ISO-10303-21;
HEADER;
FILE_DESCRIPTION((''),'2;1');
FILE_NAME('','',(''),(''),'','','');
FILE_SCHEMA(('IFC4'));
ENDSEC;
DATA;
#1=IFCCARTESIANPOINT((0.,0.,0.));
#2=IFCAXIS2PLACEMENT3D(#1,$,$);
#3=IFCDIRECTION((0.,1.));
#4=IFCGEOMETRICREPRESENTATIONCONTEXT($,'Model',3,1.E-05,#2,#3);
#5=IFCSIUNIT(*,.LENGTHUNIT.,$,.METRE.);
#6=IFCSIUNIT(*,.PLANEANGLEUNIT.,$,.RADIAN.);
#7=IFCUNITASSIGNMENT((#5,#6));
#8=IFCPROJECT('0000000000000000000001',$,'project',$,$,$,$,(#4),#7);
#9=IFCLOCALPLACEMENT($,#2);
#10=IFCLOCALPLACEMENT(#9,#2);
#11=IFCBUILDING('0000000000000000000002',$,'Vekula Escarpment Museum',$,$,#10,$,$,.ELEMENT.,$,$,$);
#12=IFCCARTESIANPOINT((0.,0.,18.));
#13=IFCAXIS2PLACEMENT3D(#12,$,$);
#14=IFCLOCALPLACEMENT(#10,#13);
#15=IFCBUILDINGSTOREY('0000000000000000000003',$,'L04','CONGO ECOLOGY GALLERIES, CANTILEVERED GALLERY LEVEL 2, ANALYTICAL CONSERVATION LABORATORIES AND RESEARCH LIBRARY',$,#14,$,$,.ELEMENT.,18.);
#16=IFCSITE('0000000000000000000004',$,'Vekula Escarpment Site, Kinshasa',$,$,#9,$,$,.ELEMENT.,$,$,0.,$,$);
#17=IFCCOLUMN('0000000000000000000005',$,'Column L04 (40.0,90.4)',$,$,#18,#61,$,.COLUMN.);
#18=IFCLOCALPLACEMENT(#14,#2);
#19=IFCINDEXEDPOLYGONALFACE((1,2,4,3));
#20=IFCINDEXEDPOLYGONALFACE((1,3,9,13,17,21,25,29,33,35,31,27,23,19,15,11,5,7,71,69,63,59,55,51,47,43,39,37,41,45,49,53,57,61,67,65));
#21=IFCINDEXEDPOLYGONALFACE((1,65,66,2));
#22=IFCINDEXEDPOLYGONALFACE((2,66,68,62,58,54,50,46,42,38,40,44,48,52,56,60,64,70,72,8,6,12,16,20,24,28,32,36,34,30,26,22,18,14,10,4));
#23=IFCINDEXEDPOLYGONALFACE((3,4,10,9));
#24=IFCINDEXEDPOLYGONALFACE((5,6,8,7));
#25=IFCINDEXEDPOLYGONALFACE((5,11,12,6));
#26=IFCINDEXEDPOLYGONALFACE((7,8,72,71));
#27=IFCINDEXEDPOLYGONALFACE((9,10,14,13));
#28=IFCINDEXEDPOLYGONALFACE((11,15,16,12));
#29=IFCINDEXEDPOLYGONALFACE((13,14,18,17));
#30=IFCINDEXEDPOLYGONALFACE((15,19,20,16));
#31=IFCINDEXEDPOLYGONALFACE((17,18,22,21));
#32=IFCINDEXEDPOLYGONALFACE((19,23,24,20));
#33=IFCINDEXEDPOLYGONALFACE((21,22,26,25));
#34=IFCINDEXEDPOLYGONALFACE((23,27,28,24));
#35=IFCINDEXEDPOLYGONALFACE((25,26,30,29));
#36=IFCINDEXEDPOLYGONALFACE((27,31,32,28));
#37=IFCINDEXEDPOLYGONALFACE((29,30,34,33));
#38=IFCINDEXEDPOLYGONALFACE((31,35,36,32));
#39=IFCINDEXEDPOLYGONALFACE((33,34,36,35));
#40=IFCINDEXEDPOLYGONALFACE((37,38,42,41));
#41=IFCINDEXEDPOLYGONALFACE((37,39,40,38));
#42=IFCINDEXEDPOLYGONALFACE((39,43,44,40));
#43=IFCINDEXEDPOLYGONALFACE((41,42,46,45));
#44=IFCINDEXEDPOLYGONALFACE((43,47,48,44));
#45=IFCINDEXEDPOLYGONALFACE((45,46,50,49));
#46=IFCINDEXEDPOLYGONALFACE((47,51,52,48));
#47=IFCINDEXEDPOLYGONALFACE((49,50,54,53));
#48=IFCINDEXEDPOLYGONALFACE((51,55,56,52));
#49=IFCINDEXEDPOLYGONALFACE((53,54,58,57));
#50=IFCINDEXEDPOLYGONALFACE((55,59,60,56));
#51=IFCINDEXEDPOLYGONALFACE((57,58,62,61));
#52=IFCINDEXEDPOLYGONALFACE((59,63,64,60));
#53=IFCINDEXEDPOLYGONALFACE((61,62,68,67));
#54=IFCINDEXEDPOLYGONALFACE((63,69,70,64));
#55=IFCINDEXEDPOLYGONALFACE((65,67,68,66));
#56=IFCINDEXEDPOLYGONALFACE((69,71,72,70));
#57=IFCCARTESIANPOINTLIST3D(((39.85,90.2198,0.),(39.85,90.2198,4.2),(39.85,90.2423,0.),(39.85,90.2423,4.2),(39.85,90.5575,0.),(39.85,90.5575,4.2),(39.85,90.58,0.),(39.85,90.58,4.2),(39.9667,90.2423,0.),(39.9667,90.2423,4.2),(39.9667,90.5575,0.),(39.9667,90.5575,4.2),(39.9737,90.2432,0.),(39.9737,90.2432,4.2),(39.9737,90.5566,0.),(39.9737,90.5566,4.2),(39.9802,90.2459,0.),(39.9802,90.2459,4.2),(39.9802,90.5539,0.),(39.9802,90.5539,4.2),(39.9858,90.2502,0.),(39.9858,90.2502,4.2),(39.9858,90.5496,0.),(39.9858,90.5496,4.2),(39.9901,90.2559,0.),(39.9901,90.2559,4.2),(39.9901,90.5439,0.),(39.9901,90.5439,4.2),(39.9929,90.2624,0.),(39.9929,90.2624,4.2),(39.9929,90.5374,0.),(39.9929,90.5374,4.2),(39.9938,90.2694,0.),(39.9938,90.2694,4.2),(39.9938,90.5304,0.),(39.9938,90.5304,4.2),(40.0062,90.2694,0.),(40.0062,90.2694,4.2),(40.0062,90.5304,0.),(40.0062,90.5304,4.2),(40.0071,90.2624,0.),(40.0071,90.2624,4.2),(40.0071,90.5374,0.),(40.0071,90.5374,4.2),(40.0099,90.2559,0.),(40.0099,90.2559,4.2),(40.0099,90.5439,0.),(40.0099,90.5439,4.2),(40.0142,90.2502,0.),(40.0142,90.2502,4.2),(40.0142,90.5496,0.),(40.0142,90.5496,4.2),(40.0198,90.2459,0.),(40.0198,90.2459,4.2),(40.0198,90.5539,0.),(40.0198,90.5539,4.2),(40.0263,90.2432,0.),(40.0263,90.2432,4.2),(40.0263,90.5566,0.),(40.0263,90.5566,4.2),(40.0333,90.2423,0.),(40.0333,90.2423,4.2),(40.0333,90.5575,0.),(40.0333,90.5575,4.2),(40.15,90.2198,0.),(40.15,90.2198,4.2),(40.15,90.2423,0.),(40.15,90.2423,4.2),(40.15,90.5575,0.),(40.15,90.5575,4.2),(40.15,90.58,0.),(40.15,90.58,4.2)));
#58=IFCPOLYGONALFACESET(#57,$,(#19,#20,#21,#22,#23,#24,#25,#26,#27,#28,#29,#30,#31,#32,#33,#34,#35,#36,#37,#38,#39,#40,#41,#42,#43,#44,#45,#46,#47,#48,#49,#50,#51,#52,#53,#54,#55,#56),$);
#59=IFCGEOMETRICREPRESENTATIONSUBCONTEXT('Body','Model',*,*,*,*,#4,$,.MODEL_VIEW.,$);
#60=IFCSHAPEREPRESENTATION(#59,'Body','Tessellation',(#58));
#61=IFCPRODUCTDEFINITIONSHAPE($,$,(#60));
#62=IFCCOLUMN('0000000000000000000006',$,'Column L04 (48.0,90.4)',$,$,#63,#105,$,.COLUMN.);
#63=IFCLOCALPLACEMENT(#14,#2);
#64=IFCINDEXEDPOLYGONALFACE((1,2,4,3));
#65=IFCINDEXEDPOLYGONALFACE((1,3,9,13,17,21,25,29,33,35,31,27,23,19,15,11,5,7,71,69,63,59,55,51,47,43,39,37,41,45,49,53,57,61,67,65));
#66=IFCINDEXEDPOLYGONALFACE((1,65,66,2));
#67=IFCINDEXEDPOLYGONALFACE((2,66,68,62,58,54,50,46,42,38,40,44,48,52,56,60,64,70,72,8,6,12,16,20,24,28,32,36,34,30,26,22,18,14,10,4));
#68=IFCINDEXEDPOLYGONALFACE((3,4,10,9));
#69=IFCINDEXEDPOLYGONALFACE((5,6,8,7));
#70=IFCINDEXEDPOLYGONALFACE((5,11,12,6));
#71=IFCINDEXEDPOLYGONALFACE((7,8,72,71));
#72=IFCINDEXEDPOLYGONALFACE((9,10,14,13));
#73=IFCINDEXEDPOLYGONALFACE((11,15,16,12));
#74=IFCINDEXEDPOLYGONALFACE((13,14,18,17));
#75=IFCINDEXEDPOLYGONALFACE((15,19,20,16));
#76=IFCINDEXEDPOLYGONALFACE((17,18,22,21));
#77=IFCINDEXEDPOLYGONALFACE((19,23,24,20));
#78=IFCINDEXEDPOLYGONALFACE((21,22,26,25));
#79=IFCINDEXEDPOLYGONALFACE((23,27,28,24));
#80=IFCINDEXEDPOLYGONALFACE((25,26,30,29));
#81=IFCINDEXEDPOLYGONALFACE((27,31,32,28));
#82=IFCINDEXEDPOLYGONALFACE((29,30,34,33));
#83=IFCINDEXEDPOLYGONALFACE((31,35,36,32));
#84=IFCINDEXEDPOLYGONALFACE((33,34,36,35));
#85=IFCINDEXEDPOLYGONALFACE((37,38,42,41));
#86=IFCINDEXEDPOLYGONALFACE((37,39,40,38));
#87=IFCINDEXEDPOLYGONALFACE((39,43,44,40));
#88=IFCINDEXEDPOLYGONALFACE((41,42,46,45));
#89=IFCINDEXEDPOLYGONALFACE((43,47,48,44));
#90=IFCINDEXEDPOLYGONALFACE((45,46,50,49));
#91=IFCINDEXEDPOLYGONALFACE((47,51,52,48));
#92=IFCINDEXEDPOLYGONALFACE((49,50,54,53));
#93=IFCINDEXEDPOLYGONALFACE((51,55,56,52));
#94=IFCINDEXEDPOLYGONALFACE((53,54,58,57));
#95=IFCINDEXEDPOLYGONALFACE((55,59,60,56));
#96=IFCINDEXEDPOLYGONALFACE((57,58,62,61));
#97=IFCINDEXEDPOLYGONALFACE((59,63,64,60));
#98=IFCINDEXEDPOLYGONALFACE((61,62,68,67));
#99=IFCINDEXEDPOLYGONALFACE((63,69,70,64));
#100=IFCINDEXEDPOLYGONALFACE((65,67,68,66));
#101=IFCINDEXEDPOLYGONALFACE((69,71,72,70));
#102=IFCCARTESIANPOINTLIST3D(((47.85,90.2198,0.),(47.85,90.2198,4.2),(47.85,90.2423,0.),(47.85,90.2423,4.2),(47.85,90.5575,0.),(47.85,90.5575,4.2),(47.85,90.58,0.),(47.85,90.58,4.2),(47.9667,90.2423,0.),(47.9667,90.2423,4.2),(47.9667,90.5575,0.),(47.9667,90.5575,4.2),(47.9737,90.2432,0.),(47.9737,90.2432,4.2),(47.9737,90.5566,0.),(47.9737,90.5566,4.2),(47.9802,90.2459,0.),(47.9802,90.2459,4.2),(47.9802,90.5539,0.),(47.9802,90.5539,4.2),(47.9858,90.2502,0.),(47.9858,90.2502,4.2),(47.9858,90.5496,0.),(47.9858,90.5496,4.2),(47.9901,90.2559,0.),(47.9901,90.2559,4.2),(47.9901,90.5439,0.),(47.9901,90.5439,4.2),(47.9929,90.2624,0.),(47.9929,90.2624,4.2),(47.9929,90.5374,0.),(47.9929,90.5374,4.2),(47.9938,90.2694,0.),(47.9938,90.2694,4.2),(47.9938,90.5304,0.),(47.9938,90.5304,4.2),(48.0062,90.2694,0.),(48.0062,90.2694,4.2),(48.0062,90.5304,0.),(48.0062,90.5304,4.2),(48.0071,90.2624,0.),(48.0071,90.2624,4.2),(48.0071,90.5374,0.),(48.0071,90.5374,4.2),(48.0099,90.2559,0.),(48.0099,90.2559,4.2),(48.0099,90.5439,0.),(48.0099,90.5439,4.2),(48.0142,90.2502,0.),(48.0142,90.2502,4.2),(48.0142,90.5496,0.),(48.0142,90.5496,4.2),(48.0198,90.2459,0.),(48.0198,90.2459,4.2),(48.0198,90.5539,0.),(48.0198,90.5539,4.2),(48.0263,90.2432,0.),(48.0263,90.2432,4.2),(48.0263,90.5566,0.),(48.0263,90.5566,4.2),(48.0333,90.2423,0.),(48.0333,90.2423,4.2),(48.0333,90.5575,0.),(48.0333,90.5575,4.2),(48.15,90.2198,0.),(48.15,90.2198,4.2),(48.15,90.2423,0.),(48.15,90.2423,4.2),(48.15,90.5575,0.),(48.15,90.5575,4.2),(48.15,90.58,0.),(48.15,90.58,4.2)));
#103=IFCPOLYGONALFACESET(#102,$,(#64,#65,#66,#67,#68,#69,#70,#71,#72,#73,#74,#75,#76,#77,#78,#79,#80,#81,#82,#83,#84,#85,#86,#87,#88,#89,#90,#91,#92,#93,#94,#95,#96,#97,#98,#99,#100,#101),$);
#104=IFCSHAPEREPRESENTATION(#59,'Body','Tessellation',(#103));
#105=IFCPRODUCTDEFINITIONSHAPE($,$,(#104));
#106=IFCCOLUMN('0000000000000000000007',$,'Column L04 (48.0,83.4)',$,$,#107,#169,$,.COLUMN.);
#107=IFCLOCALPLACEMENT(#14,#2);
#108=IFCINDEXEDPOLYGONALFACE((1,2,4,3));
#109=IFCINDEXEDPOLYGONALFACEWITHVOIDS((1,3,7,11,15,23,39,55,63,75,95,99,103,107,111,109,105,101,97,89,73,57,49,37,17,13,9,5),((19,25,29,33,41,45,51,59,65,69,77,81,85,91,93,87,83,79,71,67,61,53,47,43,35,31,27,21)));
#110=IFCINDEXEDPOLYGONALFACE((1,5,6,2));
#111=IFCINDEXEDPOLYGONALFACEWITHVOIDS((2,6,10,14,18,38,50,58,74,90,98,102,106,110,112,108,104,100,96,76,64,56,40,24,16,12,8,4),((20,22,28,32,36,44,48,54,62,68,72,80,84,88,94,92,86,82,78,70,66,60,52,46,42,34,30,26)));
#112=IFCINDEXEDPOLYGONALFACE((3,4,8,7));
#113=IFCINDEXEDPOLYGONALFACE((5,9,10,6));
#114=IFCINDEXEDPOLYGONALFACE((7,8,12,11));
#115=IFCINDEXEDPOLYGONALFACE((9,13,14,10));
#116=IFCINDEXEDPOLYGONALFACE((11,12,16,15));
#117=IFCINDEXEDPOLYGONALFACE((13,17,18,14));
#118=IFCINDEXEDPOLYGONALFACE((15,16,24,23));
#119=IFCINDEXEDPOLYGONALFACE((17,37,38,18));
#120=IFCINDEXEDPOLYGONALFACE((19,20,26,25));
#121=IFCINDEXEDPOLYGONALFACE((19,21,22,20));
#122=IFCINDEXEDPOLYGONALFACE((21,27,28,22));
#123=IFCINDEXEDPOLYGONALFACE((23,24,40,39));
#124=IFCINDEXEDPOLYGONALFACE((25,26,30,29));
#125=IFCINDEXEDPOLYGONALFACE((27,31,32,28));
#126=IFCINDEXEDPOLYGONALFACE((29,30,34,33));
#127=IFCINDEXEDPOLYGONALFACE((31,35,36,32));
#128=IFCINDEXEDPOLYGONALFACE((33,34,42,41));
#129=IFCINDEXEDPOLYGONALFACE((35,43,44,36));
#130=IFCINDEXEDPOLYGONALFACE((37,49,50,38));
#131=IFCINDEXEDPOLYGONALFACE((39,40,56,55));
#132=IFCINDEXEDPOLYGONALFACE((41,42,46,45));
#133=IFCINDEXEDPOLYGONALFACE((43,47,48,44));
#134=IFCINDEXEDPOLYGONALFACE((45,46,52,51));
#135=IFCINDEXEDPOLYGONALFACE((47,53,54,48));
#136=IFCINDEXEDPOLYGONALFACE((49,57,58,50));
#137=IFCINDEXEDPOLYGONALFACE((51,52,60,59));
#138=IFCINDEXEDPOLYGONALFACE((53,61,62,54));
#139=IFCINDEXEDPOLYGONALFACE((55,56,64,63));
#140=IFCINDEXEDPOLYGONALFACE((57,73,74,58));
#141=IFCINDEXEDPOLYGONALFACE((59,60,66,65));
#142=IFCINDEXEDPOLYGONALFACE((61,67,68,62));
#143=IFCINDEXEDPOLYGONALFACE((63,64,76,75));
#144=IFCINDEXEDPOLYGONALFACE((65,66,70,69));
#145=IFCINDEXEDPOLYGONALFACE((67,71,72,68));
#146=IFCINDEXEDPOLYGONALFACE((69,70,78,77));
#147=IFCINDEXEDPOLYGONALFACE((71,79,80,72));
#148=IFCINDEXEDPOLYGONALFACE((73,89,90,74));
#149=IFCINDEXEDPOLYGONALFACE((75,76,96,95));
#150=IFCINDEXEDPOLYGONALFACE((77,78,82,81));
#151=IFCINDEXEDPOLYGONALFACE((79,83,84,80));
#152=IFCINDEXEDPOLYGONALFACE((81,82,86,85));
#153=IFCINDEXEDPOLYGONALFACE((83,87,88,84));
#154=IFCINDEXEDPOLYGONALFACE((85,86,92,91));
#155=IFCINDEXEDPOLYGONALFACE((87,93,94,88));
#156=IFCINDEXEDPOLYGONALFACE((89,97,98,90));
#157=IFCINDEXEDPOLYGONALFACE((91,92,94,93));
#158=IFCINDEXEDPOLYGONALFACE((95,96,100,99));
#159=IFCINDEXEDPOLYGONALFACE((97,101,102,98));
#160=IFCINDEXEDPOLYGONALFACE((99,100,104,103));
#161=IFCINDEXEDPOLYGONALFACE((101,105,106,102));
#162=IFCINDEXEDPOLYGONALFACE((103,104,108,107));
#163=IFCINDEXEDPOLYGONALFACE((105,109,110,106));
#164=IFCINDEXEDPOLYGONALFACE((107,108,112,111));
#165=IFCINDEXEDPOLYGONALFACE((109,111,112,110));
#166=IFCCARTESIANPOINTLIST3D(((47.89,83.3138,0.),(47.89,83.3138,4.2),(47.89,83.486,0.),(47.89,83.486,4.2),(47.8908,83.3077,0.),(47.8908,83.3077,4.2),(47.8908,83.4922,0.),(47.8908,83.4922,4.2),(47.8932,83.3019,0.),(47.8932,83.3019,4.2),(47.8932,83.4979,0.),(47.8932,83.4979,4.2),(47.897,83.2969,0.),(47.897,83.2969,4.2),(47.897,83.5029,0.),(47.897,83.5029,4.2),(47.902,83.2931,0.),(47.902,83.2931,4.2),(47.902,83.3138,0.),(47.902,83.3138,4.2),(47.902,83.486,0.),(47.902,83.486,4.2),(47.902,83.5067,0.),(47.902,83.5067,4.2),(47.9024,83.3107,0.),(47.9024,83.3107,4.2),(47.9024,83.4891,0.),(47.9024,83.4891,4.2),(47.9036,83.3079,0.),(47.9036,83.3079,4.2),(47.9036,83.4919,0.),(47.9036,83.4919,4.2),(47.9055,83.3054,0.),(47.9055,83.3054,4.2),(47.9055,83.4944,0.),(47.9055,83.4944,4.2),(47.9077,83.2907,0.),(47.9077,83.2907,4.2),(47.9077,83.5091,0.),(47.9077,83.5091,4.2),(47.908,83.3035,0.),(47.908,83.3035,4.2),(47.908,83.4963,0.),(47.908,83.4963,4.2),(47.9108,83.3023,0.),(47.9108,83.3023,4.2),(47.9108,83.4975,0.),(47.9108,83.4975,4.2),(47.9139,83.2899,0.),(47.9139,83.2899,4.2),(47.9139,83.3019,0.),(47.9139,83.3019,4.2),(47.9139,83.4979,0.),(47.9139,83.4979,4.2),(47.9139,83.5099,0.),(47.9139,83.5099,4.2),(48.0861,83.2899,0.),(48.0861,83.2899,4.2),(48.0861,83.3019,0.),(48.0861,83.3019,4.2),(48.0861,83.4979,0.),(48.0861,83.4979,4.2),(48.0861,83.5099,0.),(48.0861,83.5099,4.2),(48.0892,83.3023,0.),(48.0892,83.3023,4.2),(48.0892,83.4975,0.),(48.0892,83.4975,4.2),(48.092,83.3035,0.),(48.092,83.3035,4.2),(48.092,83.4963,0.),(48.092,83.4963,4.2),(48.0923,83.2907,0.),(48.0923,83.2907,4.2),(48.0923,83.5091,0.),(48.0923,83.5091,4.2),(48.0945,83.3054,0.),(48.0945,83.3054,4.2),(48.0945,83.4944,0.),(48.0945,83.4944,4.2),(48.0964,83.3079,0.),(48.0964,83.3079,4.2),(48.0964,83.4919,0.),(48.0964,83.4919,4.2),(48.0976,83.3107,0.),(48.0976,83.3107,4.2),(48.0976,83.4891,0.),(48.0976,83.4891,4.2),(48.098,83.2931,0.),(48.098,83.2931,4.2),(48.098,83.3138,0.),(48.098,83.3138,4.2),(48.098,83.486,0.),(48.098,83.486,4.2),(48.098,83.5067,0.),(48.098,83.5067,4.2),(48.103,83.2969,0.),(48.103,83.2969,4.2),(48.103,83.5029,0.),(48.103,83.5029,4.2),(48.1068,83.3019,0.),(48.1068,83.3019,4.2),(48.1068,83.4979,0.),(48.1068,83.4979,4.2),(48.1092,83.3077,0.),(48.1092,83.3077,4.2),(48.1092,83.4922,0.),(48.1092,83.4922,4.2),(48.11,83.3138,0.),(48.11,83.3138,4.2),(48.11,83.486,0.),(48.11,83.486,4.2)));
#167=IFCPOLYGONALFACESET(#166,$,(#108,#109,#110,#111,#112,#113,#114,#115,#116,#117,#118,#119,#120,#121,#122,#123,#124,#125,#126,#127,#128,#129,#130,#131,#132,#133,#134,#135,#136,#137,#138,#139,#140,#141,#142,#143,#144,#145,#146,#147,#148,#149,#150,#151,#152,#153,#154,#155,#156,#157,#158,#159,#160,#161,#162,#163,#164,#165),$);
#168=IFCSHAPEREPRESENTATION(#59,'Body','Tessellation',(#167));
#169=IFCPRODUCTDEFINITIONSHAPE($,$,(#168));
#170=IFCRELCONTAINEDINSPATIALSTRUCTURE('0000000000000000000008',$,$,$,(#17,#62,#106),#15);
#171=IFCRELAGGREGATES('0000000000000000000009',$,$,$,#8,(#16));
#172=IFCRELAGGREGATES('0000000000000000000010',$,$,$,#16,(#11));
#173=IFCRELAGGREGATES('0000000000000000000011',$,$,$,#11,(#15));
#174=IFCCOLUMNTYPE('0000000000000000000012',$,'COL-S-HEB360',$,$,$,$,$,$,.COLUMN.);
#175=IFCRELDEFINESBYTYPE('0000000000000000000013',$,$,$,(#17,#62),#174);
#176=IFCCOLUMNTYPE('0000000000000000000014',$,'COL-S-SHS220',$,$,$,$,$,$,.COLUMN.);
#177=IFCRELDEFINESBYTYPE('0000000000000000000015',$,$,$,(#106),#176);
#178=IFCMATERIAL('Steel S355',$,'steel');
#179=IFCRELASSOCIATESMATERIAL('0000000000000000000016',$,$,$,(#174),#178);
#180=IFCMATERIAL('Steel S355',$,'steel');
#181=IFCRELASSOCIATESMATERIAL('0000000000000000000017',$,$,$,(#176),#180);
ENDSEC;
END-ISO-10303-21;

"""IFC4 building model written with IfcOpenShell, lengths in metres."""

from ifc_helpers import new_model, si_unit, direction, frame, origin, origin_2d, place, context, subcontext, project, spatial, hollow_rectangle, i_section, extrude, material, material_profile, profile_set, type_object, element, save


model = new_model("IFC4")

# Units and contexts
model_context = context("Model", 3, precision=1e-05, world=origin(), true_north=direction((0.0, 1.0)))
body_context = subcontext(model_context, "Body", "Model", "MODEL_VIEW")
ifc_project = project(units=[si_unit("LENGTHUNIT", "METRE"), si_unit("PLANEANGLEUNIT", "RADIAN")], contexts=[model_context])

# Site, building, storey
site_placement = place(None, origin())
site = spatial("IfcSite", under=ifc_project, at=site_placement, Name="Vekula Escarpment Site, Kinshasa", CompositionType="ELEMENT", RefElevation=0.0)
building_placement = place(site_placement, origin())
building = spatial("IfcBuilding", under=site, at=building_placement, Name="Vekula Escarpment Museum", CompositionType="ELEMENT")
storey_placement = place(building_placement, frame((0.0, 0.0, 18.0)))
storey = spatial("IfcBuildingStorey", under=building, at=storey_placement, Name="L04", Description="CONGO ECOLOGY GALLERIES, CANTILEVERED GALLERY LEVEL 2, ANALYTICAL CONSERVATION LABORATORIES AND RESEARCH LIBRARY", CompositionType="ELEMENT", Elevation=18.0)

# Columns
ifc_material_1 = material(Name="Steel S355", Category="steel")
ifc_material_profile_1 = material_profile(ifc_material_1, i_section(OverallWidth=0.3, OverallDepth=0.3601, WebThickness=0.0125, FlangeThickness=0.0225, FilletRadius=0.0271, at=origin_2d()), Name="HEB 360")
ifc_profile_set_1 = profile_set([ifc_material_profile_1], Name="Steel S355")
column_type_1 = type_object("IfcColumnType", Name="COL-S-HEB360", PredefinedType="COLUMN", material=ifc_profile_set_1)
for number, where, z_axis, x_axis, name in (
    (1, (40.0, 90.3999, 0.0), (0.0, 0.0, 1.0), (1.0, 0.0, 0.0), "Column L04 (40.0,90.4)"),
    (2, (48.0, 90.3999, 0.0), (0.0, 0.0, 1.0), (1.0, 0.0, 0.0), "Column L04 (48.0,90.4)"),
):
    element("IfcColumn", number, at=place(storey_placement, frame(where, z_axis=z_axis, x_axis=x_axis)), inside=storey, type_object=column_type_1, Name=name, PredefinedType="COLUMN", context=body_context, shape_type="SweptSolid", body=[
        extrude(i_section(OverallWidth=0.3, OverallDepth=0.3601, WebThickness=0.0125, FlangeThickness=0.0225, FilletRadius=0.0271, at=origin_2d()), origin(), (0.0, 0.0, 1.0), 4.2),
    ])
ifc_material_2 = material(Name="Steel S355", Category="steel")
ifc_material_profile_2 = material_profile(ifc_material_2, hollow_rectangle(XDim=0.22, YDim=0.22, WallThickness=0.012, InnerFilletRadius=0.012, OuterFilletRadius=0.0239, at=origin_2d()), Name="SHS 220x220x12")
ifc_profile_set_2 = profile_set([ifc_material_profile_2], Name="Steel S355")
column_type_2 = type_object("IfcColumnType", Name="COL-S-SHS220", PredefinedType="COLUMN", material=ifc_profile_set_2)
column_placement = place(storey_placement, frame((48.0, 83.3999, 0.0), z_axis=(0.0, 0.0, 1.0), x_axis=(1.0, 0.0, 0.0)))
element("IfcColumn", 3, at=column_placement, inside=storey, type_object=column_type_2, Name="Column L04 (48.0,83.4)", PredefinedType="COLUMN", context=body_context, shape_type="SweptSolid", body=[
    extrude(hollow_rectangle(XDim=0.22, YDim=0.22, WallThickness=0.012, InnerFilletRadius=0.012, OuterFilletRadius=0.0239, at=origin_2d()), origin(), (0.0, 0.0, 1.0), 4.2),
])

save(model, "model.ifc")
